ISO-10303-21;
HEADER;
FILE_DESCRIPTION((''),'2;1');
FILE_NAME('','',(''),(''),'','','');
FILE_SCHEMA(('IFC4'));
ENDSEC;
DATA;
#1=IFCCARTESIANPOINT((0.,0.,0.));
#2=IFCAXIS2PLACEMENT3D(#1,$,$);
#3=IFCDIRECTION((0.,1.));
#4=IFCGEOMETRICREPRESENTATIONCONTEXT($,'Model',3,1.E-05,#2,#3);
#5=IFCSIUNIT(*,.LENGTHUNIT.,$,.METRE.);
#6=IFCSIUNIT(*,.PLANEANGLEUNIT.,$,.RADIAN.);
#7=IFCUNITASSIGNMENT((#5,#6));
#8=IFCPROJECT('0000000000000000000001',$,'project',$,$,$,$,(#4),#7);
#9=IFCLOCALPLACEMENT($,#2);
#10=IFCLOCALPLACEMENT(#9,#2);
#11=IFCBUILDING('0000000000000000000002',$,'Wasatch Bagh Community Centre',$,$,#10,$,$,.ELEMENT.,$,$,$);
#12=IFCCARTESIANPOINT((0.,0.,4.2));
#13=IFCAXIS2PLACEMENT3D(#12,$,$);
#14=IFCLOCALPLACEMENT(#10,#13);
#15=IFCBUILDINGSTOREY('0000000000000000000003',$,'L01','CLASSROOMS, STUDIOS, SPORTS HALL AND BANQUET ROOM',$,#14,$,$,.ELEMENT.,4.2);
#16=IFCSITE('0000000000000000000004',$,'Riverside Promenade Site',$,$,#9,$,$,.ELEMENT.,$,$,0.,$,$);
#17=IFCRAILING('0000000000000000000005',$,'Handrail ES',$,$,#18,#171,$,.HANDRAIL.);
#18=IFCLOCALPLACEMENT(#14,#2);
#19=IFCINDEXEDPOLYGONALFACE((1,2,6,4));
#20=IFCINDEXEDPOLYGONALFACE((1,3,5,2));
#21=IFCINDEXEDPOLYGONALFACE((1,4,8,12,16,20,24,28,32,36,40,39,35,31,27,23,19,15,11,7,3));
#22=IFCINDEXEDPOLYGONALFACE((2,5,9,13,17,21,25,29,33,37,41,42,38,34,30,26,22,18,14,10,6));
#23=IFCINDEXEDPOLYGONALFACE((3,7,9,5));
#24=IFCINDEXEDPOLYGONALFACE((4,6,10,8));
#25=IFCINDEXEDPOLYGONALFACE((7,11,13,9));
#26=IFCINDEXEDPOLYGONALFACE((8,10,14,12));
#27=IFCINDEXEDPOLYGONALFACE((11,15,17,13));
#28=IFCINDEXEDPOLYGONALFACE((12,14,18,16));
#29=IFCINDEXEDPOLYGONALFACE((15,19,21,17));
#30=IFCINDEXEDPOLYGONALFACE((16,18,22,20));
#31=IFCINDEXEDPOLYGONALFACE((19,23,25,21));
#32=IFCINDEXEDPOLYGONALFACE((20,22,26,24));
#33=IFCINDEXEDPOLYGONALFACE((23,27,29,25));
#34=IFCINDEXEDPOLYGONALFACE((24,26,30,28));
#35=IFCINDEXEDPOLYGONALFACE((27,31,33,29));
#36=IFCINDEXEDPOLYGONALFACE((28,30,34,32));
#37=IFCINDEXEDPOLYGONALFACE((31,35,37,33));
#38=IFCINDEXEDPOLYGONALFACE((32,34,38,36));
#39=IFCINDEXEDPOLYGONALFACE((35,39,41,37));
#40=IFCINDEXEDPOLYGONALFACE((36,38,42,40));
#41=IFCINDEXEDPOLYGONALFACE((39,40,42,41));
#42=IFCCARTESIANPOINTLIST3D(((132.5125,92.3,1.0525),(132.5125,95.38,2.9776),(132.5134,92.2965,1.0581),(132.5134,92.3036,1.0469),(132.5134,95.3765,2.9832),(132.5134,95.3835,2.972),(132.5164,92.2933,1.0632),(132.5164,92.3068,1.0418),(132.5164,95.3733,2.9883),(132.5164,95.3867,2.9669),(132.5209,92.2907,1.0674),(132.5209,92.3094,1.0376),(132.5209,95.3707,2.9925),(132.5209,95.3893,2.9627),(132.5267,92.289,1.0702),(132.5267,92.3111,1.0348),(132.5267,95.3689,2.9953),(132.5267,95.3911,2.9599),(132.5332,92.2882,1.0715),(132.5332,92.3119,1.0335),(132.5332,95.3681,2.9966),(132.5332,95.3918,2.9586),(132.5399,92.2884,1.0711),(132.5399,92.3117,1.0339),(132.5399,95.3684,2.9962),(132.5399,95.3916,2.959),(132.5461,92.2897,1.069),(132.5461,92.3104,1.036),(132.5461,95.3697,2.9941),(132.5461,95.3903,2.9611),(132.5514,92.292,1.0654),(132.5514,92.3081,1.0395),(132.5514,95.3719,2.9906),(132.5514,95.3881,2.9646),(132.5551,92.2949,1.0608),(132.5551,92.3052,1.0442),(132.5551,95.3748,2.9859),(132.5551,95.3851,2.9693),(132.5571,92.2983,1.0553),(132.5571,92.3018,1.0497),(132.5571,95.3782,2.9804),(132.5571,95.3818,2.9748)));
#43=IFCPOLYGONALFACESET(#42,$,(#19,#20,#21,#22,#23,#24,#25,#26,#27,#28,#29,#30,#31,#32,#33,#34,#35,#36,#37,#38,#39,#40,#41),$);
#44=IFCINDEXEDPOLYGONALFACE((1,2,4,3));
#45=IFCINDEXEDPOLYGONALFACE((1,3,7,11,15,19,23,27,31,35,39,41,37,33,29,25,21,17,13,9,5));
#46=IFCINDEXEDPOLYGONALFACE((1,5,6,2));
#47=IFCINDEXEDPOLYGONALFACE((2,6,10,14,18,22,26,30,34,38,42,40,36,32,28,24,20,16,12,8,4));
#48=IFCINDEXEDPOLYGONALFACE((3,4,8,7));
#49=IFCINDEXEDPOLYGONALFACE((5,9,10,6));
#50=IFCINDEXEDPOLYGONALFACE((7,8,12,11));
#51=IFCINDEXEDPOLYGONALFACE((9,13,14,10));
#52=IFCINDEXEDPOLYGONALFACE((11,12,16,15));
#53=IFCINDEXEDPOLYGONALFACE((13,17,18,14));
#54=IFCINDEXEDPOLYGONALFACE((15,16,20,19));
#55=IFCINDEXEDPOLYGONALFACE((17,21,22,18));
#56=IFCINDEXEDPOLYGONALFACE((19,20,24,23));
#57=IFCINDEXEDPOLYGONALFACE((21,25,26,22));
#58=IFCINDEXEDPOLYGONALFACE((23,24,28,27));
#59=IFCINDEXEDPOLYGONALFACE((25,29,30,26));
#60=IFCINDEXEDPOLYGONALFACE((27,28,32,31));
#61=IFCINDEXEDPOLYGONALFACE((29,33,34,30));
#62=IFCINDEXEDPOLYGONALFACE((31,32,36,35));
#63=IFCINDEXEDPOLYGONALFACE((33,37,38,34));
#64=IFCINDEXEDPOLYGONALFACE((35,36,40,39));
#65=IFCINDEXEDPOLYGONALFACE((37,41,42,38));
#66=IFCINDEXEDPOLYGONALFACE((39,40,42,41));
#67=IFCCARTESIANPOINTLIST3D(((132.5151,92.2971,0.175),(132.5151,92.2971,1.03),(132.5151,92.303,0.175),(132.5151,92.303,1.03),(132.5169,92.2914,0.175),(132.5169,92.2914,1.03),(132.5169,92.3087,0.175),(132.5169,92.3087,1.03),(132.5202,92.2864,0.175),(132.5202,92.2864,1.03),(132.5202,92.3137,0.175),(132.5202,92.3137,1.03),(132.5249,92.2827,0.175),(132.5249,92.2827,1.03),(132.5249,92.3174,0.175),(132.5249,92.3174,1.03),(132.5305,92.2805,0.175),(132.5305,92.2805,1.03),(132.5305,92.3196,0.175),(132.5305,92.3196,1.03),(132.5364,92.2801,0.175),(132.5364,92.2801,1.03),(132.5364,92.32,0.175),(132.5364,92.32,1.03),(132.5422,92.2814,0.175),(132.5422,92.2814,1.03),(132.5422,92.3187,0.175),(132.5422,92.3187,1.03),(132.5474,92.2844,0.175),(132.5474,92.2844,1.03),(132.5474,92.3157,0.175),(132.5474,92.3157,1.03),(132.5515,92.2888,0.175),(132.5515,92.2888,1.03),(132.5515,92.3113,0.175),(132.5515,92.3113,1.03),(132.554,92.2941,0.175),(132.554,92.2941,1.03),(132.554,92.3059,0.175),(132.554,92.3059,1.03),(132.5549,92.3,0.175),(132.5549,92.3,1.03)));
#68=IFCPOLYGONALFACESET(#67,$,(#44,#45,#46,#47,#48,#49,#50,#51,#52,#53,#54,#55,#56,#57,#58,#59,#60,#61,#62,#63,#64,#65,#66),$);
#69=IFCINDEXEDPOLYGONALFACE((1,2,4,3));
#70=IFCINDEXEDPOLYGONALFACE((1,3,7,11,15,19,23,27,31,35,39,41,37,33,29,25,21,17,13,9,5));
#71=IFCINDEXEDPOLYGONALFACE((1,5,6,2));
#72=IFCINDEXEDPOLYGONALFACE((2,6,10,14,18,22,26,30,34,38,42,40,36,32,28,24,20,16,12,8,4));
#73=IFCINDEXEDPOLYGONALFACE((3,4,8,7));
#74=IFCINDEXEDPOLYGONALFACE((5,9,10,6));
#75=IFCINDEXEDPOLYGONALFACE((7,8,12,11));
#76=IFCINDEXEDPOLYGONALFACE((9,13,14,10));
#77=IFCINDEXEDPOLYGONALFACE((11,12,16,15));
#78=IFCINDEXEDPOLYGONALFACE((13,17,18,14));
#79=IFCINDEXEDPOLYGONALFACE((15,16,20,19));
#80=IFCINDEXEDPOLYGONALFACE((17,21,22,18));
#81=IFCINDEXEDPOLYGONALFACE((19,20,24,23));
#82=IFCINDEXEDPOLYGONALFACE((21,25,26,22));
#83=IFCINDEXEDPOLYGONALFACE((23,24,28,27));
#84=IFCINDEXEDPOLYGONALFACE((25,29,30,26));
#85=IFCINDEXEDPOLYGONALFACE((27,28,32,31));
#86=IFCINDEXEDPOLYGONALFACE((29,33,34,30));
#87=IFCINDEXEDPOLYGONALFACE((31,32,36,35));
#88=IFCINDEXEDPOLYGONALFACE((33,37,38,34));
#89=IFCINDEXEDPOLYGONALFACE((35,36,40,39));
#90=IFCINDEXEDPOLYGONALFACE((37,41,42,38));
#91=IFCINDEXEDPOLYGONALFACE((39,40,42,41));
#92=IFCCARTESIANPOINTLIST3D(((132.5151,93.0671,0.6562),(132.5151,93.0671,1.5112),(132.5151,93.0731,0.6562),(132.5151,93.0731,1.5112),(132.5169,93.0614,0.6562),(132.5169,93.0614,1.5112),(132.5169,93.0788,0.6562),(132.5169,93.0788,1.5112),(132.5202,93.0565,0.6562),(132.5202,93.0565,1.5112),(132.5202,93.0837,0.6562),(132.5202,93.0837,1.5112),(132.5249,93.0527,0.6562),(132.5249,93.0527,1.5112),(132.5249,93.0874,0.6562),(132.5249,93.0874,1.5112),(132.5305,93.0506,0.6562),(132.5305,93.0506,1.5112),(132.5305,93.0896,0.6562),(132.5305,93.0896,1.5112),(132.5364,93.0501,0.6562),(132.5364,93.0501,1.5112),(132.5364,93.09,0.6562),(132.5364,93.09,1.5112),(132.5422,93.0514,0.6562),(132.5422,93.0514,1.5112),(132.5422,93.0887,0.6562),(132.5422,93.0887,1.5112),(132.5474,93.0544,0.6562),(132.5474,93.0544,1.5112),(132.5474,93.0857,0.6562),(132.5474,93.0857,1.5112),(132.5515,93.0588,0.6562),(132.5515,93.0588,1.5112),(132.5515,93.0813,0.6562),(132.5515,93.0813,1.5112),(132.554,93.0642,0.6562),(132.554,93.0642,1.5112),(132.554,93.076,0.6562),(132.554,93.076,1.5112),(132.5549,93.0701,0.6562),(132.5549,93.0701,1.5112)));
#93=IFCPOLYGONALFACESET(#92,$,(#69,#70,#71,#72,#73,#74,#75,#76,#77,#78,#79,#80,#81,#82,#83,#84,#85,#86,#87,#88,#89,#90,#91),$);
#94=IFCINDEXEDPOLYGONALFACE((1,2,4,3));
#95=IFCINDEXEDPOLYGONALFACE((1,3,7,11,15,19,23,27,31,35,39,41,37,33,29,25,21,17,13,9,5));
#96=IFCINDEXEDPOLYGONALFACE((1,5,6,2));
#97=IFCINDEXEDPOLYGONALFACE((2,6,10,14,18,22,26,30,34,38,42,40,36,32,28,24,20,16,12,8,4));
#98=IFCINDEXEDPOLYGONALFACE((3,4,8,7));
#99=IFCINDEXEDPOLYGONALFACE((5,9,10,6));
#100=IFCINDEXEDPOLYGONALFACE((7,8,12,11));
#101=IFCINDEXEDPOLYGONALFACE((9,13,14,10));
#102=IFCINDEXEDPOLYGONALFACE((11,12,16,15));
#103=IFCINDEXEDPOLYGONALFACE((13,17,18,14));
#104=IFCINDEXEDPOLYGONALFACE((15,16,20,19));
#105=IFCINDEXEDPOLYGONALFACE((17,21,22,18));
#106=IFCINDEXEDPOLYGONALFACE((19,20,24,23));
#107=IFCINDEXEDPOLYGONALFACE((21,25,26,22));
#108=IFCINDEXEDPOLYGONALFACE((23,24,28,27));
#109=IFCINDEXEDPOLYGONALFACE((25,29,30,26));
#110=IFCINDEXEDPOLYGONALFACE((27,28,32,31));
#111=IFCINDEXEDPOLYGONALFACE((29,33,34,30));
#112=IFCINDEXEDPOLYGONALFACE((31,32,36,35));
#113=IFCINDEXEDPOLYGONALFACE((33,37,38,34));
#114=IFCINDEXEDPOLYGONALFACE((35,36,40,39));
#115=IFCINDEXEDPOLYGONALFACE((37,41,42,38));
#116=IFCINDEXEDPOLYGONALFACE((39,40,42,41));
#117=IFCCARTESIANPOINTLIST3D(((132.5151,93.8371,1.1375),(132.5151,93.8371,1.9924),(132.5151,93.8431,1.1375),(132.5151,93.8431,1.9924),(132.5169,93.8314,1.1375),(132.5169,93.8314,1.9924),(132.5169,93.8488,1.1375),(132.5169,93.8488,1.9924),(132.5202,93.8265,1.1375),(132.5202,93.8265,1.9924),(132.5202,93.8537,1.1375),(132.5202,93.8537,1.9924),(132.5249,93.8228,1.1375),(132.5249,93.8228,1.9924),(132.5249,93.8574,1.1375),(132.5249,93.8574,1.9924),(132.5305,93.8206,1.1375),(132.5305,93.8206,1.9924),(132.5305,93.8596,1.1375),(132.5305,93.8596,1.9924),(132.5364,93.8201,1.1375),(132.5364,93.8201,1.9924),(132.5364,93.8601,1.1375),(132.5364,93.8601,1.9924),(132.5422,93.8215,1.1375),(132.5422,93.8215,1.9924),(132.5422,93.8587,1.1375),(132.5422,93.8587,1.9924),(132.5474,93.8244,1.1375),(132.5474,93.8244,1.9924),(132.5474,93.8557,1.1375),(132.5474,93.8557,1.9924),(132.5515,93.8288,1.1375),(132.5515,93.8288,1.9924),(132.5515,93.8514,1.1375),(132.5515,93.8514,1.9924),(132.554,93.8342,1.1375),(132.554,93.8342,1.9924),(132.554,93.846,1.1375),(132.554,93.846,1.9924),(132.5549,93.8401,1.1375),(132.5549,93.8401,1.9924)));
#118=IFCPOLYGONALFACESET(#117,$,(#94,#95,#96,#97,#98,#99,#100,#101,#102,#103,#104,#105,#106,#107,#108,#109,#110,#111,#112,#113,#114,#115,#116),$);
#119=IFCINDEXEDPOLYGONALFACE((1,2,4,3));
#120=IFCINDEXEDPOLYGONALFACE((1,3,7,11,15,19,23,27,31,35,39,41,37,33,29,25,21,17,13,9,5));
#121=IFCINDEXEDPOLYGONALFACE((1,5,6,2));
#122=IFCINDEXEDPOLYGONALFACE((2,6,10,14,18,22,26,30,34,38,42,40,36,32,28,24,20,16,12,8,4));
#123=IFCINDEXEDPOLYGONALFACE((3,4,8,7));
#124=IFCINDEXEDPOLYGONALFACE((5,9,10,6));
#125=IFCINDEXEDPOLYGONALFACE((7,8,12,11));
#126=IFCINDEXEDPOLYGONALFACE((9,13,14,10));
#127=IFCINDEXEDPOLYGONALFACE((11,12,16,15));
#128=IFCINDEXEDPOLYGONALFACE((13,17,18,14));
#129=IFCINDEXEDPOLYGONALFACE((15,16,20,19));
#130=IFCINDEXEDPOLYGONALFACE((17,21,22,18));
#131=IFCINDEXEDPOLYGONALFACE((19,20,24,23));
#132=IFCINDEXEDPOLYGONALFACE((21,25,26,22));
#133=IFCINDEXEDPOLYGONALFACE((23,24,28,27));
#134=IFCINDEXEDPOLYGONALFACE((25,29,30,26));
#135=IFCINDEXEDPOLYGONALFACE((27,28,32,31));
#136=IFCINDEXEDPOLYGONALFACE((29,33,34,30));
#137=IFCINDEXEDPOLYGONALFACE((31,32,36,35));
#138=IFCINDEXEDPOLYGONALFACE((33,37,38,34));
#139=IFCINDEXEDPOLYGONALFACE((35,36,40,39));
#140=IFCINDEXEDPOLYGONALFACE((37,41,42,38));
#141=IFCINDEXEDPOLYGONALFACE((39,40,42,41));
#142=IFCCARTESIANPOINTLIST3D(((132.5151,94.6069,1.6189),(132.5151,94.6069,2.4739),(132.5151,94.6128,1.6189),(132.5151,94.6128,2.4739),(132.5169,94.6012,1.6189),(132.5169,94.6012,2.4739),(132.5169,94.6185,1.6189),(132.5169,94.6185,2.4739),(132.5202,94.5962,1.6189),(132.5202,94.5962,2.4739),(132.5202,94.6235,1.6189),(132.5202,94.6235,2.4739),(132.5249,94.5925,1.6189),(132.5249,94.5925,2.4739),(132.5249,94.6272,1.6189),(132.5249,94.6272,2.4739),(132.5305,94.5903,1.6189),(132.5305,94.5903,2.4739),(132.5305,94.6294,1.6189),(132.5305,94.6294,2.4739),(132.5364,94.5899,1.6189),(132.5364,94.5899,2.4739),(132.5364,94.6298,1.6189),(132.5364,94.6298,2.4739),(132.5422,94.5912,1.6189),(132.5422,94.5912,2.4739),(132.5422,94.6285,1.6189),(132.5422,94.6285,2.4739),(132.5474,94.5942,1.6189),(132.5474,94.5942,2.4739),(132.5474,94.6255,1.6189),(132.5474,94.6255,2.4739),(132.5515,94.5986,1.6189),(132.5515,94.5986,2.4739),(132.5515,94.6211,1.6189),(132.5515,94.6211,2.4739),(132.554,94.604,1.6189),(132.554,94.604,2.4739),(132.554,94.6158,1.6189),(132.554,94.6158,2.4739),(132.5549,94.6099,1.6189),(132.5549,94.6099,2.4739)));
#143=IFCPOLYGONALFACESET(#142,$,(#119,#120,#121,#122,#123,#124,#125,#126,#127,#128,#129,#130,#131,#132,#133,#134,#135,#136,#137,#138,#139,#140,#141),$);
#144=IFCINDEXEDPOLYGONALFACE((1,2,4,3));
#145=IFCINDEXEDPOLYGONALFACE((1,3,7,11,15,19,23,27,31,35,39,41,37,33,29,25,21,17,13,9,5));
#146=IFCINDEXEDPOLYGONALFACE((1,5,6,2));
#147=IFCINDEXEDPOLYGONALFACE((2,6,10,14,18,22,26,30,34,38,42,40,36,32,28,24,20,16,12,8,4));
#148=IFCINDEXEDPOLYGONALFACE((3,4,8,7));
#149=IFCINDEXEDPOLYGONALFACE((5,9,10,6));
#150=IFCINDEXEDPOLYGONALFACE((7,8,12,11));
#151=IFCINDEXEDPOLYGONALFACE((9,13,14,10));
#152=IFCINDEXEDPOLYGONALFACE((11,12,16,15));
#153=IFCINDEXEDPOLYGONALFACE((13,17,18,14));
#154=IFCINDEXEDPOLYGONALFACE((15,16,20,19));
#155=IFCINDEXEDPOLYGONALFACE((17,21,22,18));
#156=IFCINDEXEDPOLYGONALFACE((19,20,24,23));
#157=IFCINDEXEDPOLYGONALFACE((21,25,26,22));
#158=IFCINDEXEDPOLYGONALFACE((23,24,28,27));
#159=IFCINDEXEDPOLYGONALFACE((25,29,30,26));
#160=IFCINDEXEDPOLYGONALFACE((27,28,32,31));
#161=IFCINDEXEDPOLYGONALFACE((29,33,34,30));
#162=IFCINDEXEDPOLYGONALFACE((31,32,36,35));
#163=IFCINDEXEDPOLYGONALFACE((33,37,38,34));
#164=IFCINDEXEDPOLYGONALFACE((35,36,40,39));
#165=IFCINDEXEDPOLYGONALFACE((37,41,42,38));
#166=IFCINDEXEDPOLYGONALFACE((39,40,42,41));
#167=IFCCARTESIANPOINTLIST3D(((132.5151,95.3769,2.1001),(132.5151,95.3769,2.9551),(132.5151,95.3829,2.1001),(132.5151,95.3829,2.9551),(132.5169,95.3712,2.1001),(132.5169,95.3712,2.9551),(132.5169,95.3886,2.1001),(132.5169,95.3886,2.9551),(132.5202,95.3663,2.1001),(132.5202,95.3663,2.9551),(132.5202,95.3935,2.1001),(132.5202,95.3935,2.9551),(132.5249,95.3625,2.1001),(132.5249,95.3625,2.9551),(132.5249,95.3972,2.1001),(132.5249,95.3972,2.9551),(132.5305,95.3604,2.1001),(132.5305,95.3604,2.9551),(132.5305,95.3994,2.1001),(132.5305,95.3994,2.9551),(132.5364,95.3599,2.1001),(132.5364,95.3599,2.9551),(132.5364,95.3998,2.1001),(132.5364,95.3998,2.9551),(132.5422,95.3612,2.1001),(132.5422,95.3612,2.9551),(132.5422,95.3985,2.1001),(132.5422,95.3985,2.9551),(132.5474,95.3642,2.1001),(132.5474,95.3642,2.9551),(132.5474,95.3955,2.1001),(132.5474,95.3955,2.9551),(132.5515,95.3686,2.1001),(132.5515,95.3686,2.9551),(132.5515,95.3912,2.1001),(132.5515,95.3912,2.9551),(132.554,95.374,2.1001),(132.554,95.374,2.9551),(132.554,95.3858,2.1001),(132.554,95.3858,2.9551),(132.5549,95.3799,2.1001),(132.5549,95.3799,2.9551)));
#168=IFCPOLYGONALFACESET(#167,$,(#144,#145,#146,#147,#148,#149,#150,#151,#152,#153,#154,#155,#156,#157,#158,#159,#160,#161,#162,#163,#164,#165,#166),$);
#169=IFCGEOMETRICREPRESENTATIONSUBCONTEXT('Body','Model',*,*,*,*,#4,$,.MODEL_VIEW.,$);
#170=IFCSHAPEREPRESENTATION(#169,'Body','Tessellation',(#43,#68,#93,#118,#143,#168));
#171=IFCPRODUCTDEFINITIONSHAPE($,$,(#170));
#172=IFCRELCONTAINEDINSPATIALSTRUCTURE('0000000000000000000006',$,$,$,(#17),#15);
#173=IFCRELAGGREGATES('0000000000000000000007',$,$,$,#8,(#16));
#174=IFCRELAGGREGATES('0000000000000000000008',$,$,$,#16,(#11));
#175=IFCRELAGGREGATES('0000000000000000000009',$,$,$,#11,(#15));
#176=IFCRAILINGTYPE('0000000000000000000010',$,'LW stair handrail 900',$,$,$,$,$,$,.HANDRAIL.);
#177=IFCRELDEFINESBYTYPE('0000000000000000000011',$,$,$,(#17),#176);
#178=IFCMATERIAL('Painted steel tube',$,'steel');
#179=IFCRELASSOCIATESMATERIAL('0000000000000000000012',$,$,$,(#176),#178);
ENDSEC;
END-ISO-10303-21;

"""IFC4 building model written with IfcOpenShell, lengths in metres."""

from ifc_helpers import new_model, si_unit, direction, frame, origin, origin_2d, place, context, subcontext, project, spatial, circle, extrude, material, type_object, element, save


model = new_model("IFC4")

# Units and contexts
model_context = context("Model", 3, precision=1e-05, world=origin(), true_north=direction((0.0, 1.0)))
body_context = subcontext(model_context, "Body", "Model", "MODEL_VIEW")
ifc_project = project(units=[si_unit("LENGTHUNIT", "METRE"), si_unit("PLANEANGLEUNIT", "RADIAN")], contexts=[model_context])

# Site, building, storey
site_placement = place(None, origin())
site = spatial("IfcSite", under=ifc_project, at=site_placement, Name="Riverside Promenade Site", CompositionType="ELEMENT", RefElevation=0.0)
building_placement = place(site_placement, origin())
building = spatial("IfcBuilding", under=site, at=building_placement, Name="Wasatch Bagh Community Centre", CompositionType="ELEMENT")
storey_placement = place(building_placement, frame((0.0, 0.0, 4.2)))
storey = spatial("IfcBuildingStorey", under=building, at=storey_placement, Name="L01", Description="CLASSROOMS, STUDIOS, SPORTS HALL AND BANQUET ROOM", CompositionType="ELEMENT", Elevation=4.2)

# Railing
ifc_material_1 = material(Name="Painted steel tube", Category="steel")
railing_type_1 = type_object("IfcRailingType", Name="LW stair handrail 900", PredefinedType="HANDRAIL", material=ifc_material_1)
for number, where, name in (
    (1, (132.5349, 92.3, 0.175), "Handrail ES"),
):
    element("IfcRailing", number, at=place(storey_placement, frame(where)), inside=storey, type_object=railing_type_1, Name=name, PredefinedType="HANDRAIL", context=body_context, shape_type="SweptSolid", body=[
        extrude(circle(Radius=0.0225, at=origin_2d()), frame((0.0, 0.0, 0.8774), z_axis=(0.0, 0.847979, 0.530029), x_axis=(-1.0, 0.0, 0.0)), (0.0, 0.0, 1.0), 3.6321),
        extrude(circle(Radius=0.02, at=origin_2d()), origin(), (0.0, 0.0, 1.0), 0.855),
        extrude(circle(Radius=0.02, at=origin_2d()), frame((0.0, 0.77, 0.4812)), (0.0, 0.0, 1.0), 0.855),
        extrude(circle(Radius=0.02, at=origin_2d()), frame((0.0, 1.54, 0.9624)), (0.0, 0.0, 1.0), 0.855),
        extrude(circle(Radius=0.02, at=origin_2d()), frame((0.0, 2.3098, 1.4438)), (0.0, 0.0, 1.0), 0.855),
        extrude(circle(Radius=0.02, at=origin_2d()), frame((0.0, 3.0798, 1.925)), (0.0, 0.0, 1.0), 0.855),
    ])

save(model, "model.ifc")
